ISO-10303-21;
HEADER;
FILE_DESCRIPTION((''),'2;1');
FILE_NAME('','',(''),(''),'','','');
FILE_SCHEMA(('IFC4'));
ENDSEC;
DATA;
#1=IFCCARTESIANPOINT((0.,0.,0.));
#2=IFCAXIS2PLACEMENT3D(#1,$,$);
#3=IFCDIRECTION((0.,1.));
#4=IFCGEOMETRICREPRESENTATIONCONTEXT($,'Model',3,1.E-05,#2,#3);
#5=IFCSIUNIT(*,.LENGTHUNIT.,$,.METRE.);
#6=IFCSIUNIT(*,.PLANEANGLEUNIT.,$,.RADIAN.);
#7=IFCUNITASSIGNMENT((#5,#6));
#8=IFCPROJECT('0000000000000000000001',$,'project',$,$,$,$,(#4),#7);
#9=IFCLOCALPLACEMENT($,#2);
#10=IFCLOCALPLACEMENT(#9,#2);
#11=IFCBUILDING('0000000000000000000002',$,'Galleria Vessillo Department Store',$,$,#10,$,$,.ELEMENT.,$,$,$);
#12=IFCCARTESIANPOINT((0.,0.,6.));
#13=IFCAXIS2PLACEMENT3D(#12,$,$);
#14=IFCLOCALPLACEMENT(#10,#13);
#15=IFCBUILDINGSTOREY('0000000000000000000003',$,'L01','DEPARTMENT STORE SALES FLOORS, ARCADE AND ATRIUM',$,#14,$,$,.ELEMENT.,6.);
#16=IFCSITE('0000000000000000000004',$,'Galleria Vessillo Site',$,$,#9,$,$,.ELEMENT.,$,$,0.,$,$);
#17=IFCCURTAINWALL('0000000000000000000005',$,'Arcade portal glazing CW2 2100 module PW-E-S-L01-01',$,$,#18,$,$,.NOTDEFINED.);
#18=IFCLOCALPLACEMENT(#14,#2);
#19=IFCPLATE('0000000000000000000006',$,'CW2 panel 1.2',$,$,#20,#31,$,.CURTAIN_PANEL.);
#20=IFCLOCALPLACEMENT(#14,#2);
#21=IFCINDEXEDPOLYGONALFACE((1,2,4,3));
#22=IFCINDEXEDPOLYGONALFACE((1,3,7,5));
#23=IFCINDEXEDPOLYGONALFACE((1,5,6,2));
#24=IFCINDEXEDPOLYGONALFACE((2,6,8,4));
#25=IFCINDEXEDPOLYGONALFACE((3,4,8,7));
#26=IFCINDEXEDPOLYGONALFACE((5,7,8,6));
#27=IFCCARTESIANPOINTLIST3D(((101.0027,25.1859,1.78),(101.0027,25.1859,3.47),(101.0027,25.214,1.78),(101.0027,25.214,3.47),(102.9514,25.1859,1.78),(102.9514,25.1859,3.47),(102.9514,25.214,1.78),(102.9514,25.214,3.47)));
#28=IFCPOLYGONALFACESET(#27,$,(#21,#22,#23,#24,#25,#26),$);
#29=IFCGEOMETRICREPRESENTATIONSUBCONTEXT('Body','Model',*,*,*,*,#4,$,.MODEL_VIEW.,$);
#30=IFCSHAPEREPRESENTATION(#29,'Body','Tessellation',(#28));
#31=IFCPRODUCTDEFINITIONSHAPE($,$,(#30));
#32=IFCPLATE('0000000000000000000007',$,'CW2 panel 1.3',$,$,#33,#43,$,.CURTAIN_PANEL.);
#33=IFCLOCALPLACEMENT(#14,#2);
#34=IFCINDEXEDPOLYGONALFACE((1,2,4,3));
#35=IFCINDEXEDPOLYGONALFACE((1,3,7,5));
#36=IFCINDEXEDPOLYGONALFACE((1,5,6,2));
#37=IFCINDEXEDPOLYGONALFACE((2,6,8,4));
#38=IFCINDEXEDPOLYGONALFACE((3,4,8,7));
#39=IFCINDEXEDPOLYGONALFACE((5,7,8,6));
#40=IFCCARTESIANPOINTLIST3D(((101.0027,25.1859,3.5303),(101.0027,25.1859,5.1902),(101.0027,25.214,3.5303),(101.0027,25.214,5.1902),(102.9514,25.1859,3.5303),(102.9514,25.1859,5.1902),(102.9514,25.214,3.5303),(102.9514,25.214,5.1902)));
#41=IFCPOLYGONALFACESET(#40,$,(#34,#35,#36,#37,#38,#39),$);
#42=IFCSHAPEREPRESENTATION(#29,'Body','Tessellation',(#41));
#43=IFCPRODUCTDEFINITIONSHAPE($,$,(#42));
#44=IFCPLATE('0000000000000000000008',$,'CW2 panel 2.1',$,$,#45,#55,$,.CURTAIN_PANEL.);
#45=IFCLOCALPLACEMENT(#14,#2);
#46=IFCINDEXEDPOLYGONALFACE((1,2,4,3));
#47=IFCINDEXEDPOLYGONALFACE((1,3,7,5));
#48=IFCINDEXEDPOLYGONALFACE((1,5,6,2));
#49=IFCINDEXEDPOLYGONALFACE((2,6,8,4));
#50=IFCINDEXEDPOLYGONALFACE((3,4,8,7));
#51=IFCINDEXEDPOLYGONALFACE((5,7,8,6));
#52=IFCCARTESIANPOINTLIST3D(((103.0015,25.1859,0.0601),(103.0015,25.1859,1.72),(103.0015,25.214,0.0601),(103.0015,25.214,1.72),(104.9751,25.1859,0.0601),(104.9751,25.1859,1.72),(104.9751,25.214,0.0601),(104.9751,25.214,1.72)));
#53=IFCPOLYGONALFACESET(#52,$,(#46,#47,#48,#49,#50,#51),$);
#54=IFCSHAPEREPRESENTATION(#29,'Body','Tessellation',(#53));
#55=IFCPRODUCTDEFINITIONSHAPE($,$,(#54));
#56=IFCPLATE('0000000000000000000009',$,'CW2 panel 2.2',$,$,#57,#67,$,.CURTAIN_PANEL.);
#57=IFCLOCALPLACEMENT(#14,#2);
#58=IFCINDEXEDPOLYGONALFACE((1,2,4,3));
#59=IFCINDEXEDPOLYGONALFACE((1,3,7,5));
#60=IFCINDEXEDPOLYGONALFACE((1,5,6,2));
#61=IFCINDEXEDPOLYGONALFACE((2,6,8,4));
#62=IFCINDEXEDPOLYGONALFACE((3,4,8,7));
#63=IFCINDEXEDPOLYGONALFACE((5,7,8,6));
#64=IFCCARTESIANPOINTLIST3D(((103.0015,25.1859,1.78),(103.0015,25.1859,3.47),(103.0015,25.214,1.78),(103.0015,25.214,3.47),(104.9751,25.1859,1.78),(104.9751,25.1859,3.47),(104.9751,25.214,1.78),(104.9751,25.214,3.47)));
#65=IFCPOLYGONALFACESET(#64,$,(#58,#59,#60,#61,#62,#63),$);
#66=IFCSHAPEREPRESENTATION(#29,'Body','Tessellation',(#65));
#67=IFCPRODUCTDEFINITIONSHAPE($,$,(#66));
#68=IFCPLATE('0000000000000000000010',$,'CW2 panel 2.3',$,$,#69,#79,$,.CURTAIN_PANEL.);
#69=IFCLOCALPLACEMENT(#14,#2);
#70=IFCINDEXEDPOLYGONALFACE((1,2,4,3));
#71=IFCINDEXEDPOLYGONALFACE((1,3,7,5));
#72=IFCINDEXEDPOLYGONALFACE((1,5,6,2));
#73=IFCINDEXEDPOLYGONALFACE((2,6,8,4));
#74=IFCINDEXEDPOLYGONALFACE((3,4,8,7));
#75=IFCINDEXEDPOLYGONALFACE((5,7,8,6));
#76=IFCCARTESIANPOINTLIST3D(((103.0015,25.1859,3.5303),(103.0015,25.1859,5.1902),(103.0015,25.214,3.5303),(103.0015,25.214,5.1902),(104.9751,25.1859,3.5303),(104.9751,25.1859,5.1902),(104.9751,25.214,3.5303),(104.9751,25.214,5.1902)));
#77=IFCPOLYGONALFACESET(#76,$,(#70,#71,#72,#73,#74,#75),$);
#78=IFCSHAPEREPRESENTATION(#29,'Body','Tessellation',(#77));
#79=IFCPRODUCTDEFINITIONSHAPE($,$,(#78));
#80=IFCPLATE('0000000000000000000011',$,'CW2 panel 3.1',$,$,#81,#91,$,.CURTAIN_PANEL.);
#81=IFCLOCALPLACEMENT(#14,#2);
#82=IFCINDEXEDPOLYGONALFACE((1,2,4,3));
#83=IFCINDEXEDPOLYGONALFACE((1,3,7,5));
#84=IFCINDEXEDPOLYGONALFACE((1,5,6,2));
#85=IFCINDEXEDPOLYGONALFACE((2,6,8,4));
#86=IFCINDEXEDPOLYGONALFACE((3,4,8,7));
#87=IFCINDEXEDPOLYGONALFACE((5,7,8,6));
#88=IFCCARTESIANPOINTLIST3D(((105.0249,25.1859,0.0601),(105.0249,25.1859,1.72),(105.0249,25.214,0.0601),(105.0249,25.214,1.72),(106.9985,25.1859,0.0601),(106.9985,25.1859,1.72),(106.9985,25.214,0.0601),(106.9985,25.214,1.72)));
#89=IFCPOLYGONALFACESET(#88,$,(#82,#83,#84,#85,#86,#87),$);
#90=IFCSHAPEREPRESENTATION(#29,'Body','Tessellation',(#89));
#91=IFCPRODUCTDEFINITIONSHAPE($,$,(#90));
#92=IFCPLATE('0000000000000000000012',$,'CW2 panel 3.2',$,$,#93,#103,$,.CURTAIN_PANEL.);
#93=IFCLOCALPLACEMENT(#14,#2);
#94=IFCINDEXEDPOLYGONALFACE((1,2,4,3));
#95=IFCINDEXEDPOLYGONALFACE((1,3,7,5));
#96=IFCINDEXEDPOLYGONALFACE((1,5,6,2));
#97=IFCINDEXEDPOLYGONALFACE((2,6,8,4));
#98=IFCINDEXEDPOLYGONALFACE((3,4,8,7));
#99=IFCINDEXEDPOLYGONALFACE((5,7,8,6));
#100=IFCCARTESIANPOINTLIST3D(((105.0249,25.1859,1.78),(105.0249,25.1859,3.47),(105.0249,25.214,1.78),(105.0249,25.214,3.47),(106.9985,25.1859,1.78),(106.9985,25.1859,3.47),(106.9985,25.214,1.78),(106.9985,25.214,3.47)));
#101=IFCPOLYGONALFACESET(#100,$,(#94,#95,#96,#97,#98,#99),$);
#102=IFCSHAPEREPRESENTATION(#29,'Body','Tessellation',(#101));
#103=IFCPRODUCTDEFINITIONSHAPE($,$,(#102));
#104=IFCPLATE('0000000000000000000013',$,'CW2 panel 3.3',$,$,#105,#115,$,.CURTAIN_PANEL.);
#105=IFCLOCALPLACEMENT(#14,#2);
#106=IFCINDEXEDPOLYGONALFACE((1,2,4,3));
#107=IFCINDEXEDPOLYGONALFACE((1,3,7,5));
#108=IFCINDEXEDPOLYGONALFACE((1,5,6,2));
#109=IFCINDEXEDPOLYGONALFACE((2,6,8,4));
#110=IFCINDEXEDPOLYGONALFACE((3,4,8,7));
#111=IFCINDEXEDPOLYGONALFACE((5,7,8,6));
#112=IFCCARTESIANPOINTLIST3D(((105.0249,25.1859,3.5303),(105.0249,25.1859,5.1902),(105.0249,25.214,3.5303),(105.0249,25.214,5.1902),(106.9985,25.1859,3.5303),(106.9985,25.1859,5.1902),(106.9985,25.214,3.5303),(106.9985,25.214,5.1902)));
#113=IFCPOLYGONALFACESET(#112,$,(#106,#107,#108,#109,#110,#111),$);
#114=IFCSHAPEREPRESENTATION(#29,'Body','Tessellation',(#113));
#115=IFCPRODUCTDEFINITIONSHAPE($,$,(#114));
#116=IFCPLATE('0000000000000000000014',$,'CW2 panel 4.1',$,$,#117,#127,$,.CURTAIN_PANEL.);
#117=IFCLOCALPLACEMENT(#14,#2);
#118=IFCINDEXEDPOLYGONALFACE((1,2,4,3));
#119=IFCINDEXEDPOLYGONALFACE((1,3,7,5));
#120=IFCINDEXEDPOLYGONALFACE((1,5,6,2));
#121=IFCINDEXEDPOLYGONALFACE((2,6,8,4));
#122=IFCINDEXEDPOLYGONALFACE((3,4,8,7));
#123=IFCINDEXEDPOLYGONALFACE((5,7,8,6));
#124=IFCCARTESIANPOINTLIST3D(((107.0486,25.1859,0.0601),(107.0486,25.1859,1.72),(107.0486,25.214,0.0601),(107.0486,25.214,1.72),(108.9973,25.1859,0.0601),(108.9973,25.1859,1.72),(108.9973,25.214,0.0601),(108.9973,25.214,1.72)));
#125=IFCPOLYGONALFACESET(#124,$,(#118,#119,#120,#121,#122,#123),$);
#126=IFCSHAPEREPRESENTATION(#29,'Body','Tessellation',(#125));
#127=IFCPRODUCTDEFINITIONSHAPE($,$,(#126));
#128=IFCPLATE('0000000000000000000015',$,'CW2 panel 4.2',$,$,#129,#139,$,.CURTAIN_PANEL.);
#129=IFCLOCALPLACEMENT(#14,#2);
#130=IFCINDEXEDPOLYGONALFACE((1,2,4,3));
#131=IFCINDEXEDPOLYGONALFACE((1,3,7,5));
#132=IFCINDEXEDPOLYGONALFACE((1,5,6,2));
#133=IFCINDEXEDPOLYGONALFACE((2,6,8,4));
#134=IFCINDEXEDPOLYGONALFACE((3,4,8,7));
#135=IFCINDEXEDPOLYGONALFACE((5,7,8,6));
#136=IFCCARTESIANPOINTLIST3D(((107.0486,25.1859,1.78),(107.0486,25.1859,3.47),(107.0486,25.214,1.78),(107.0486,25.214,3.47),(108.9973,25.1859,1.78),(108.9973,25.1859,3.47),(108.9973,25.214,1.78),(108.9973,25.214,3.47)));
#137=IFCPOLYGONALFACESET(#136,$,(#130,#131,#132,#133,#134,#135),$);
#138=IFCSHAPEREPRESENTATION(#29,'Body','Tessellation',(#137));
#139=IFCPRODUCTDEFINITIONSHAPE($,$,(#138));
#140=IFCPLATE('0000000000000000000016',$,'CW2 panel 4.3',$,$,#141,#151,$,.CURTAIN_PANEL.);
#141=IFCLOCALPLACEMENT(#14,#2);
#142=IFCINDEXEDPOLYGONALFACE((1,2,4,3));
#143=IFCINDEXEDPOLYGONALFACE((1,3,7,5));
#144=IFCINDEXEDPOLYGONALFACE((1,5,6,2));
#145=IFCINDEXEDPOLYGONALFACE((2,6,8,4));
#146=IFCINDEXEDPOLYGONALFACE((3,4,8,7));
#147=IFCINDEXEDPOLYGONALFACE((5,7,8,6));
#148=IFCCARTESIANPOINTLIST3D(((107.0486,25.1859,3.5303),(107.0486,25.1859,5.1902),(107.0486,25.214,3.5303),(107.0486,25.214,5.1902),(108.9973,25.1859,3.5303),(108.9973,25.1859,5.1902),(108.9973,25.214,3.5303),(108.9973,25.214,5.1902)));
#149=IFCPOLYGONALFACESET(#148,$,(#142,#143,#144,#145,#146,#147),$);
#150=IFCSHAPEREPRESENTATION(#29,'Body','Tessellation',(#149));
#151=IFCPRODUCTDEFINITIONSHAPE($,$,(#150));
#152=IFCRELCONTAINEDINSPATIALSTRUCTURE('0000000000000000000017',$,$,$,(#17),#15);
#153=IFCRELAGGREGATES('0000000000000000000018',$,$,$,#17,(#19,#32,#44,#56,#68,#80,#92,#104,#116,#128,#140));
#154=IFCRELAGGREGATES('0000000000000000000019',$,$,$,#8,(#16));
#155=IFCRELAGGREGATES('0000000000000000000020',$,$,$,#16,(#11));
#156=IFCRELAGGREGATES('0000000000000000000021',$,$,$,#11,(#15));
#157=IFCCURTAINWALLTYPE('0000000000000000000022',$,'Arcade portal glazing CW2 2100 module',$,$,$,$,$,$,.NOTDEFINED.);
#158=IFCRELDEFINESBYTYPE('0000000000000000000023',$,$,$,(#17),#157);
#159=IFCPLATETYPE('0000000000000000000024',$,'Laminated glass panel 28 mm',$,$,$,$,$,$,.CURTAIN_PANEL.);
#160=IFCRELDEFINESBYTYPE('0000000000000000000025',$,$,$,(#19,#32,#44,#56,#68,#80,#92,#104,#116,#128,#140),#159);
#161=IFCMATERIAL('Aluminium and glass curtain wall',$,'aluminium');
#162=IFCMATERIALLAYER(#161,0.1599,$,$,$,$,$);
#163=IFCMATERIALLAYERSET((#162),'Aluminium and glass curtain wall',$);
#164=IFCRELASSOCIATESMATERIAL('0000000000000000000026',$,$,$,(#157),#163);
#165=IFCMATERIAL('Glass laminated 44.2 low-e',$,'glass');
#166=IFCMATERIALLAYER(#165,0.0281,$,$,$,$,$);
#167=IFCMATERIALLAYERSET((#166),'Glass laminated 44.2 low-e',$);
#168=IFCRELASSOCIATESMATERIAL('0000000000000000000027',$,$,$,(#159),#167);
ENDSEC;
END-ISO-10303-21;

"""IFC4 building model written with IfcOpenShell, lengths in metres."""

from ifc_helpers import new_model, si_unit, direction, frame, origin, origin_2d, place, context, subcontext, project, spatial, rectangle, extrude, material, layer, layer_set, type_object, element, aggregate, save


model = new_model("IFC4")

# Units and contexts
model_context = context("Model", 3, precision=1e-05, world=origin(), true_north=direction((0.0, 1.0)))
body_context = subcontext(model_context, "Body", "Model", "MODEL_VIEW")
ifc_project = project(units=[si_unit("LENGTHUNIT", "METRE"), si_unit("PLANEANGLEUNIT", "RADIAN")], contexts=[model_context])

# Site, building, storey
site_placement = place(None, origin())
site = spatial("IfcSite", under=ifc_project, at=site_placement, Name="Galleria Vessillo Site", CompositionType="ELEMENT", RefElevation=0.0)
building_placement = place(site_placement, origin())
building = spatial("IfcBuilding", under=site, at=building_placement, Name="Galleria Vessillo Department Store", CompositionType="ELEMENT")
storey_placement = place(building_placement, frame((0.0, 0.0, 6.0)))
storey = spatial("IfcBuildingStorey", under=building, at=storey_placement, Name="L01", Description="DEPARTMENT STORE SALES FLOORS, ARCADE AND ATRIUM", CompositionType="ELEMENT", Elevation=6.0)

# Curtain wall, plates
ifc_material_1 = material(Name="Aluminium and glass curtain wall", Category="aluminium")
ifc_layer_1 = layer(ifc_material_1, 0.1599)
ifc_layer_set_1 = layer_set([ifc_layer_1], Name="Aluminium and glass curtain wall")
curtain_wall_type = type_object("IfcCurtainWallType", Name="Arcade portal glazing CW2 2100 module", PredefinedType="NOTDEFINED", material=ifc_layer_set_1)
curtain_wall_placement = place(storey_placement, origin())
curtain_wall = element("IfcCurtainWall", 1, at=curtain_wall_placement, inside=storey, type_object=curtain_wall_type, Name="Arcade portal glazing CW2 2100 module PW-E-S-L01-01", PredefinedType="NOTDEFINED")
ifc_material_2 = material(Name="Glass laminated 44.2 low-e", Category="glass")
ifc_layer_2 = layer(ifc_material_2, 0.0281)
ifc_layer_set_2 = layer_set([ifc_layer_2], Name="Glass laminated 44.2 low-e")
plate_type = type_object("IfcPlateType", Name="Laminated glass panel 28 mm", PredefinedType="CURTAIN_PANEL", material=ifc_layer_set_2)
plate_1_placement = place(storey_placement, frame((101.9771, 25.2, 1.78), z_axis=(0.0, 0.0, 1.0), x_axis=(1.0, 0.0, 0.0)))
plate_1 = element("IfcPlate", 2, at=plate_1_placement, type_object=plate_type, Name="CW2 panel 1.2", PredefinedType="CURTAIN_PANEL", context=body_context, shape_type="SweptSolid", body=[
    extrude(rectangle(XDim=1.9487, YDim=0.0281, at=origin_2d()), origin(), (0.0, 0.0, 1.0), 1.6899),
])
plate_2_placement = place(storey_placement, frame((101.9771, 25.2, 3.5303), z_axis=(0.0, 0.0, 1.0), x_axis=(1.0, 0.0, 0.0)))
plate_2 = element("IfcPlate", 3, at=plate_2_placement, type_object=plate_type, Name="CW2 panel 1.3", PredefinedType="CURTAIN_PANEL", context=body_context, shape_type="SweptSolid", body=[
    extrude(rectangle(XDim=1.9487, YDim=0.0281, at=origin_2d()), origin(), (0.0, 0.0, 1.0), 1.6599),
])
plate_3_placement = place(storey_placement, frame((103.9883, 25.2, 0.0601), z_axis=(0.0, 0.0, 1.0), x_axis=(1.0, 0.0, 0.0)))
plate_3 = element("IfcPlate", 4, at=plate_3_placement, type_object=plate_type, Name="CW2 panel 2.1", PredefinedType="CURTAIN_PANEL", context=body_context, shape_type="SweptSolid", body=[
    extrude(rectangle(XDim=1.9736, YDim=0.0281, at=origin_2d()), origin(), (0.0, 0.0, 1.0), 1.6599),
])
plate_4_placement = place(storey_placement, frame((103.9883, 25.2, 1.78), z_axis=(0.0, 0.0, 1.0), x_axis=(1.0, 0.0, 0.0)))
plate_4 = element("IfcPlate", 5, at=plate_4_placement, type_object=plate_type, Name="CW2 panel 2.2", PredefinedType="CURTAIN_PANEL", context=body_context, shape_type="SweptSolid", body=[
    extrude(rectangle(XDim=1.9736, YDim=0.0281, at=origin_2d()), origin(), (0.0, 0.0, 1.0), 1.6899),
])
plate_5_placement = place(storey_placement, frame((103.9883, 25.2, 3.5303), z_axis=(0.0, 0.0, 1.0), x_axis=(1.0, 0.0, 0.0)))
plate_5 = element("IfcPlate", 6, at=plate_5_placement, type_object=plate_type, Name="CW2 panel 2.3", PredefinedType="CURTAIN_PANEL", context=body_context, shape_type="SweptSolid", body=[
    extrude(rectangle(XDim=1.9736, YDim=0.0281, at=origin_2d()), origin(), (0.0, 0.0, 1.0), 1.6599),
])
plate_6_placement = place(storey_placement, frame((106.0117, 25.2, 0.0601), z_axis=(0.0, 0.0, 1.0), x_axis=(1.0, 0.0, 0.0)))
plate_6 = element("IfcPlate", 7, at=plate_6_placement, type_object=plate_type, Name="CW2 panel 3.1", PredefinedType="CURTAIN_PANEL", context=body_context, shape_type="SweptSolid", body=[
    extrude(rectangle(XDim=1.9736, YDim=0.0281, at=origin_2d()), origin(), (0.0, 0.0, 1.0), 1.6599),
])
plate_7_placement = place(storey_placement, frame((106.0117, 25.2, 1.78), z_axis=(0.0, 0.0, 1.0), x_axis=(1.0, 0.0, 0.0)))
plate_7 = element("IfcPlate", 8, at=plate_7_placement, type_object=plate_type, Name="CW2 panel 3.2", PredefinedType="CURTAIN_PANEL", context=body_context, shape_type="SweptSolid", body=[
    extrude(rectangle(XDim=1.9736, YDim=0.0281, at=origin_2d()), origin(), (0.0, 0.0, 1.0), 1.6899),
])
plate_8_placement = place(storey_placement, frame((106.0117, 25.2, 3.5303), z_axis=(0.0, 0.0, 1.0), x_axis=(1.0, 0.0, 0.0)))
plate_8 = element("IfcPlate", 9, at=plate_8_placement, type_object=plate_type, Name="CW2 panel 3.3", PredefinedType="CURTAIN_PANEL", context=body_context, shape_type="SweptSolid", body=[
    extrude(rectangle(XDim=1.9736, YDim=0.0281, at=origin_2d()), origin(), (0.0, 0.0, 1.0), 1.6599),
])
plate_9_placement = place(storey_placement, frame((108.0229, 25.2, 0.0601), z_axis=(0.0, 0.0, 1.0), x_axis=(1.0, 0.0, 0.0)))
plate_9 = element("IfcPlate", 10, at=plate_9_placement, type_object=plate_type, Name="CW2 panel 4.1", PredefinedType="CURTAIN_PANEL", context=body_context, shape_type="SweptSolid", body=[
    extrude(rectangle(XDim=1.9487, YDim=0.0281, at=origin_2d()), origin(), (0.0, 0.0, 1.0), 1.6599),
])
plate_10_placement = place(storey_placement, frame((108.0229, 25.2, 1.78), z_axis=(0.0, 0.0, 1.0), x_axis=(1.0, 0.0, 0.0)))
plate_10 = element("IfcPlate", 11, at=plate_10_placement, type_object=plate_type, Name="CW2 panel 4.2", PredefinedType="CURTAIN_PANEL", context=body_context, shape_type="SweptSolid", body=[
    extrude(rectangle(XDim=1.9487, YDim=0.0281, at=origin_2d()), origin(), (0.0, 0.0, 1.0), 1.6899),
])
plate_11_placement = place(storey_placement, frame((108.0229, 25.2, 3.5303), z_axis=(0.0, 0.0, 1.0), x_axis=(1.0, 0.0, 0.0)))
plate_11 = element("IfcPlate", 12, at=plate_11_placement, type_object=plate_type, Name="CW2 panel 4.3", PredefinedType="CURTAIN_PANEL", context=body_context, shape_type="SweptSolid", body=[
    extrude(rectangle(XDim=1.9487, YDim=0.0281, at=origin_2d()), origin(), (0.0, 0.0, 1.0), 1.6599),
])
aggregate(curtain_wall, [plate_1, plate_2, plate_3, plate_4, plate_5, plate_6, plate_7, plate_8, plate_9, plate_10, plate_11])

save(model, "model.ifc")
